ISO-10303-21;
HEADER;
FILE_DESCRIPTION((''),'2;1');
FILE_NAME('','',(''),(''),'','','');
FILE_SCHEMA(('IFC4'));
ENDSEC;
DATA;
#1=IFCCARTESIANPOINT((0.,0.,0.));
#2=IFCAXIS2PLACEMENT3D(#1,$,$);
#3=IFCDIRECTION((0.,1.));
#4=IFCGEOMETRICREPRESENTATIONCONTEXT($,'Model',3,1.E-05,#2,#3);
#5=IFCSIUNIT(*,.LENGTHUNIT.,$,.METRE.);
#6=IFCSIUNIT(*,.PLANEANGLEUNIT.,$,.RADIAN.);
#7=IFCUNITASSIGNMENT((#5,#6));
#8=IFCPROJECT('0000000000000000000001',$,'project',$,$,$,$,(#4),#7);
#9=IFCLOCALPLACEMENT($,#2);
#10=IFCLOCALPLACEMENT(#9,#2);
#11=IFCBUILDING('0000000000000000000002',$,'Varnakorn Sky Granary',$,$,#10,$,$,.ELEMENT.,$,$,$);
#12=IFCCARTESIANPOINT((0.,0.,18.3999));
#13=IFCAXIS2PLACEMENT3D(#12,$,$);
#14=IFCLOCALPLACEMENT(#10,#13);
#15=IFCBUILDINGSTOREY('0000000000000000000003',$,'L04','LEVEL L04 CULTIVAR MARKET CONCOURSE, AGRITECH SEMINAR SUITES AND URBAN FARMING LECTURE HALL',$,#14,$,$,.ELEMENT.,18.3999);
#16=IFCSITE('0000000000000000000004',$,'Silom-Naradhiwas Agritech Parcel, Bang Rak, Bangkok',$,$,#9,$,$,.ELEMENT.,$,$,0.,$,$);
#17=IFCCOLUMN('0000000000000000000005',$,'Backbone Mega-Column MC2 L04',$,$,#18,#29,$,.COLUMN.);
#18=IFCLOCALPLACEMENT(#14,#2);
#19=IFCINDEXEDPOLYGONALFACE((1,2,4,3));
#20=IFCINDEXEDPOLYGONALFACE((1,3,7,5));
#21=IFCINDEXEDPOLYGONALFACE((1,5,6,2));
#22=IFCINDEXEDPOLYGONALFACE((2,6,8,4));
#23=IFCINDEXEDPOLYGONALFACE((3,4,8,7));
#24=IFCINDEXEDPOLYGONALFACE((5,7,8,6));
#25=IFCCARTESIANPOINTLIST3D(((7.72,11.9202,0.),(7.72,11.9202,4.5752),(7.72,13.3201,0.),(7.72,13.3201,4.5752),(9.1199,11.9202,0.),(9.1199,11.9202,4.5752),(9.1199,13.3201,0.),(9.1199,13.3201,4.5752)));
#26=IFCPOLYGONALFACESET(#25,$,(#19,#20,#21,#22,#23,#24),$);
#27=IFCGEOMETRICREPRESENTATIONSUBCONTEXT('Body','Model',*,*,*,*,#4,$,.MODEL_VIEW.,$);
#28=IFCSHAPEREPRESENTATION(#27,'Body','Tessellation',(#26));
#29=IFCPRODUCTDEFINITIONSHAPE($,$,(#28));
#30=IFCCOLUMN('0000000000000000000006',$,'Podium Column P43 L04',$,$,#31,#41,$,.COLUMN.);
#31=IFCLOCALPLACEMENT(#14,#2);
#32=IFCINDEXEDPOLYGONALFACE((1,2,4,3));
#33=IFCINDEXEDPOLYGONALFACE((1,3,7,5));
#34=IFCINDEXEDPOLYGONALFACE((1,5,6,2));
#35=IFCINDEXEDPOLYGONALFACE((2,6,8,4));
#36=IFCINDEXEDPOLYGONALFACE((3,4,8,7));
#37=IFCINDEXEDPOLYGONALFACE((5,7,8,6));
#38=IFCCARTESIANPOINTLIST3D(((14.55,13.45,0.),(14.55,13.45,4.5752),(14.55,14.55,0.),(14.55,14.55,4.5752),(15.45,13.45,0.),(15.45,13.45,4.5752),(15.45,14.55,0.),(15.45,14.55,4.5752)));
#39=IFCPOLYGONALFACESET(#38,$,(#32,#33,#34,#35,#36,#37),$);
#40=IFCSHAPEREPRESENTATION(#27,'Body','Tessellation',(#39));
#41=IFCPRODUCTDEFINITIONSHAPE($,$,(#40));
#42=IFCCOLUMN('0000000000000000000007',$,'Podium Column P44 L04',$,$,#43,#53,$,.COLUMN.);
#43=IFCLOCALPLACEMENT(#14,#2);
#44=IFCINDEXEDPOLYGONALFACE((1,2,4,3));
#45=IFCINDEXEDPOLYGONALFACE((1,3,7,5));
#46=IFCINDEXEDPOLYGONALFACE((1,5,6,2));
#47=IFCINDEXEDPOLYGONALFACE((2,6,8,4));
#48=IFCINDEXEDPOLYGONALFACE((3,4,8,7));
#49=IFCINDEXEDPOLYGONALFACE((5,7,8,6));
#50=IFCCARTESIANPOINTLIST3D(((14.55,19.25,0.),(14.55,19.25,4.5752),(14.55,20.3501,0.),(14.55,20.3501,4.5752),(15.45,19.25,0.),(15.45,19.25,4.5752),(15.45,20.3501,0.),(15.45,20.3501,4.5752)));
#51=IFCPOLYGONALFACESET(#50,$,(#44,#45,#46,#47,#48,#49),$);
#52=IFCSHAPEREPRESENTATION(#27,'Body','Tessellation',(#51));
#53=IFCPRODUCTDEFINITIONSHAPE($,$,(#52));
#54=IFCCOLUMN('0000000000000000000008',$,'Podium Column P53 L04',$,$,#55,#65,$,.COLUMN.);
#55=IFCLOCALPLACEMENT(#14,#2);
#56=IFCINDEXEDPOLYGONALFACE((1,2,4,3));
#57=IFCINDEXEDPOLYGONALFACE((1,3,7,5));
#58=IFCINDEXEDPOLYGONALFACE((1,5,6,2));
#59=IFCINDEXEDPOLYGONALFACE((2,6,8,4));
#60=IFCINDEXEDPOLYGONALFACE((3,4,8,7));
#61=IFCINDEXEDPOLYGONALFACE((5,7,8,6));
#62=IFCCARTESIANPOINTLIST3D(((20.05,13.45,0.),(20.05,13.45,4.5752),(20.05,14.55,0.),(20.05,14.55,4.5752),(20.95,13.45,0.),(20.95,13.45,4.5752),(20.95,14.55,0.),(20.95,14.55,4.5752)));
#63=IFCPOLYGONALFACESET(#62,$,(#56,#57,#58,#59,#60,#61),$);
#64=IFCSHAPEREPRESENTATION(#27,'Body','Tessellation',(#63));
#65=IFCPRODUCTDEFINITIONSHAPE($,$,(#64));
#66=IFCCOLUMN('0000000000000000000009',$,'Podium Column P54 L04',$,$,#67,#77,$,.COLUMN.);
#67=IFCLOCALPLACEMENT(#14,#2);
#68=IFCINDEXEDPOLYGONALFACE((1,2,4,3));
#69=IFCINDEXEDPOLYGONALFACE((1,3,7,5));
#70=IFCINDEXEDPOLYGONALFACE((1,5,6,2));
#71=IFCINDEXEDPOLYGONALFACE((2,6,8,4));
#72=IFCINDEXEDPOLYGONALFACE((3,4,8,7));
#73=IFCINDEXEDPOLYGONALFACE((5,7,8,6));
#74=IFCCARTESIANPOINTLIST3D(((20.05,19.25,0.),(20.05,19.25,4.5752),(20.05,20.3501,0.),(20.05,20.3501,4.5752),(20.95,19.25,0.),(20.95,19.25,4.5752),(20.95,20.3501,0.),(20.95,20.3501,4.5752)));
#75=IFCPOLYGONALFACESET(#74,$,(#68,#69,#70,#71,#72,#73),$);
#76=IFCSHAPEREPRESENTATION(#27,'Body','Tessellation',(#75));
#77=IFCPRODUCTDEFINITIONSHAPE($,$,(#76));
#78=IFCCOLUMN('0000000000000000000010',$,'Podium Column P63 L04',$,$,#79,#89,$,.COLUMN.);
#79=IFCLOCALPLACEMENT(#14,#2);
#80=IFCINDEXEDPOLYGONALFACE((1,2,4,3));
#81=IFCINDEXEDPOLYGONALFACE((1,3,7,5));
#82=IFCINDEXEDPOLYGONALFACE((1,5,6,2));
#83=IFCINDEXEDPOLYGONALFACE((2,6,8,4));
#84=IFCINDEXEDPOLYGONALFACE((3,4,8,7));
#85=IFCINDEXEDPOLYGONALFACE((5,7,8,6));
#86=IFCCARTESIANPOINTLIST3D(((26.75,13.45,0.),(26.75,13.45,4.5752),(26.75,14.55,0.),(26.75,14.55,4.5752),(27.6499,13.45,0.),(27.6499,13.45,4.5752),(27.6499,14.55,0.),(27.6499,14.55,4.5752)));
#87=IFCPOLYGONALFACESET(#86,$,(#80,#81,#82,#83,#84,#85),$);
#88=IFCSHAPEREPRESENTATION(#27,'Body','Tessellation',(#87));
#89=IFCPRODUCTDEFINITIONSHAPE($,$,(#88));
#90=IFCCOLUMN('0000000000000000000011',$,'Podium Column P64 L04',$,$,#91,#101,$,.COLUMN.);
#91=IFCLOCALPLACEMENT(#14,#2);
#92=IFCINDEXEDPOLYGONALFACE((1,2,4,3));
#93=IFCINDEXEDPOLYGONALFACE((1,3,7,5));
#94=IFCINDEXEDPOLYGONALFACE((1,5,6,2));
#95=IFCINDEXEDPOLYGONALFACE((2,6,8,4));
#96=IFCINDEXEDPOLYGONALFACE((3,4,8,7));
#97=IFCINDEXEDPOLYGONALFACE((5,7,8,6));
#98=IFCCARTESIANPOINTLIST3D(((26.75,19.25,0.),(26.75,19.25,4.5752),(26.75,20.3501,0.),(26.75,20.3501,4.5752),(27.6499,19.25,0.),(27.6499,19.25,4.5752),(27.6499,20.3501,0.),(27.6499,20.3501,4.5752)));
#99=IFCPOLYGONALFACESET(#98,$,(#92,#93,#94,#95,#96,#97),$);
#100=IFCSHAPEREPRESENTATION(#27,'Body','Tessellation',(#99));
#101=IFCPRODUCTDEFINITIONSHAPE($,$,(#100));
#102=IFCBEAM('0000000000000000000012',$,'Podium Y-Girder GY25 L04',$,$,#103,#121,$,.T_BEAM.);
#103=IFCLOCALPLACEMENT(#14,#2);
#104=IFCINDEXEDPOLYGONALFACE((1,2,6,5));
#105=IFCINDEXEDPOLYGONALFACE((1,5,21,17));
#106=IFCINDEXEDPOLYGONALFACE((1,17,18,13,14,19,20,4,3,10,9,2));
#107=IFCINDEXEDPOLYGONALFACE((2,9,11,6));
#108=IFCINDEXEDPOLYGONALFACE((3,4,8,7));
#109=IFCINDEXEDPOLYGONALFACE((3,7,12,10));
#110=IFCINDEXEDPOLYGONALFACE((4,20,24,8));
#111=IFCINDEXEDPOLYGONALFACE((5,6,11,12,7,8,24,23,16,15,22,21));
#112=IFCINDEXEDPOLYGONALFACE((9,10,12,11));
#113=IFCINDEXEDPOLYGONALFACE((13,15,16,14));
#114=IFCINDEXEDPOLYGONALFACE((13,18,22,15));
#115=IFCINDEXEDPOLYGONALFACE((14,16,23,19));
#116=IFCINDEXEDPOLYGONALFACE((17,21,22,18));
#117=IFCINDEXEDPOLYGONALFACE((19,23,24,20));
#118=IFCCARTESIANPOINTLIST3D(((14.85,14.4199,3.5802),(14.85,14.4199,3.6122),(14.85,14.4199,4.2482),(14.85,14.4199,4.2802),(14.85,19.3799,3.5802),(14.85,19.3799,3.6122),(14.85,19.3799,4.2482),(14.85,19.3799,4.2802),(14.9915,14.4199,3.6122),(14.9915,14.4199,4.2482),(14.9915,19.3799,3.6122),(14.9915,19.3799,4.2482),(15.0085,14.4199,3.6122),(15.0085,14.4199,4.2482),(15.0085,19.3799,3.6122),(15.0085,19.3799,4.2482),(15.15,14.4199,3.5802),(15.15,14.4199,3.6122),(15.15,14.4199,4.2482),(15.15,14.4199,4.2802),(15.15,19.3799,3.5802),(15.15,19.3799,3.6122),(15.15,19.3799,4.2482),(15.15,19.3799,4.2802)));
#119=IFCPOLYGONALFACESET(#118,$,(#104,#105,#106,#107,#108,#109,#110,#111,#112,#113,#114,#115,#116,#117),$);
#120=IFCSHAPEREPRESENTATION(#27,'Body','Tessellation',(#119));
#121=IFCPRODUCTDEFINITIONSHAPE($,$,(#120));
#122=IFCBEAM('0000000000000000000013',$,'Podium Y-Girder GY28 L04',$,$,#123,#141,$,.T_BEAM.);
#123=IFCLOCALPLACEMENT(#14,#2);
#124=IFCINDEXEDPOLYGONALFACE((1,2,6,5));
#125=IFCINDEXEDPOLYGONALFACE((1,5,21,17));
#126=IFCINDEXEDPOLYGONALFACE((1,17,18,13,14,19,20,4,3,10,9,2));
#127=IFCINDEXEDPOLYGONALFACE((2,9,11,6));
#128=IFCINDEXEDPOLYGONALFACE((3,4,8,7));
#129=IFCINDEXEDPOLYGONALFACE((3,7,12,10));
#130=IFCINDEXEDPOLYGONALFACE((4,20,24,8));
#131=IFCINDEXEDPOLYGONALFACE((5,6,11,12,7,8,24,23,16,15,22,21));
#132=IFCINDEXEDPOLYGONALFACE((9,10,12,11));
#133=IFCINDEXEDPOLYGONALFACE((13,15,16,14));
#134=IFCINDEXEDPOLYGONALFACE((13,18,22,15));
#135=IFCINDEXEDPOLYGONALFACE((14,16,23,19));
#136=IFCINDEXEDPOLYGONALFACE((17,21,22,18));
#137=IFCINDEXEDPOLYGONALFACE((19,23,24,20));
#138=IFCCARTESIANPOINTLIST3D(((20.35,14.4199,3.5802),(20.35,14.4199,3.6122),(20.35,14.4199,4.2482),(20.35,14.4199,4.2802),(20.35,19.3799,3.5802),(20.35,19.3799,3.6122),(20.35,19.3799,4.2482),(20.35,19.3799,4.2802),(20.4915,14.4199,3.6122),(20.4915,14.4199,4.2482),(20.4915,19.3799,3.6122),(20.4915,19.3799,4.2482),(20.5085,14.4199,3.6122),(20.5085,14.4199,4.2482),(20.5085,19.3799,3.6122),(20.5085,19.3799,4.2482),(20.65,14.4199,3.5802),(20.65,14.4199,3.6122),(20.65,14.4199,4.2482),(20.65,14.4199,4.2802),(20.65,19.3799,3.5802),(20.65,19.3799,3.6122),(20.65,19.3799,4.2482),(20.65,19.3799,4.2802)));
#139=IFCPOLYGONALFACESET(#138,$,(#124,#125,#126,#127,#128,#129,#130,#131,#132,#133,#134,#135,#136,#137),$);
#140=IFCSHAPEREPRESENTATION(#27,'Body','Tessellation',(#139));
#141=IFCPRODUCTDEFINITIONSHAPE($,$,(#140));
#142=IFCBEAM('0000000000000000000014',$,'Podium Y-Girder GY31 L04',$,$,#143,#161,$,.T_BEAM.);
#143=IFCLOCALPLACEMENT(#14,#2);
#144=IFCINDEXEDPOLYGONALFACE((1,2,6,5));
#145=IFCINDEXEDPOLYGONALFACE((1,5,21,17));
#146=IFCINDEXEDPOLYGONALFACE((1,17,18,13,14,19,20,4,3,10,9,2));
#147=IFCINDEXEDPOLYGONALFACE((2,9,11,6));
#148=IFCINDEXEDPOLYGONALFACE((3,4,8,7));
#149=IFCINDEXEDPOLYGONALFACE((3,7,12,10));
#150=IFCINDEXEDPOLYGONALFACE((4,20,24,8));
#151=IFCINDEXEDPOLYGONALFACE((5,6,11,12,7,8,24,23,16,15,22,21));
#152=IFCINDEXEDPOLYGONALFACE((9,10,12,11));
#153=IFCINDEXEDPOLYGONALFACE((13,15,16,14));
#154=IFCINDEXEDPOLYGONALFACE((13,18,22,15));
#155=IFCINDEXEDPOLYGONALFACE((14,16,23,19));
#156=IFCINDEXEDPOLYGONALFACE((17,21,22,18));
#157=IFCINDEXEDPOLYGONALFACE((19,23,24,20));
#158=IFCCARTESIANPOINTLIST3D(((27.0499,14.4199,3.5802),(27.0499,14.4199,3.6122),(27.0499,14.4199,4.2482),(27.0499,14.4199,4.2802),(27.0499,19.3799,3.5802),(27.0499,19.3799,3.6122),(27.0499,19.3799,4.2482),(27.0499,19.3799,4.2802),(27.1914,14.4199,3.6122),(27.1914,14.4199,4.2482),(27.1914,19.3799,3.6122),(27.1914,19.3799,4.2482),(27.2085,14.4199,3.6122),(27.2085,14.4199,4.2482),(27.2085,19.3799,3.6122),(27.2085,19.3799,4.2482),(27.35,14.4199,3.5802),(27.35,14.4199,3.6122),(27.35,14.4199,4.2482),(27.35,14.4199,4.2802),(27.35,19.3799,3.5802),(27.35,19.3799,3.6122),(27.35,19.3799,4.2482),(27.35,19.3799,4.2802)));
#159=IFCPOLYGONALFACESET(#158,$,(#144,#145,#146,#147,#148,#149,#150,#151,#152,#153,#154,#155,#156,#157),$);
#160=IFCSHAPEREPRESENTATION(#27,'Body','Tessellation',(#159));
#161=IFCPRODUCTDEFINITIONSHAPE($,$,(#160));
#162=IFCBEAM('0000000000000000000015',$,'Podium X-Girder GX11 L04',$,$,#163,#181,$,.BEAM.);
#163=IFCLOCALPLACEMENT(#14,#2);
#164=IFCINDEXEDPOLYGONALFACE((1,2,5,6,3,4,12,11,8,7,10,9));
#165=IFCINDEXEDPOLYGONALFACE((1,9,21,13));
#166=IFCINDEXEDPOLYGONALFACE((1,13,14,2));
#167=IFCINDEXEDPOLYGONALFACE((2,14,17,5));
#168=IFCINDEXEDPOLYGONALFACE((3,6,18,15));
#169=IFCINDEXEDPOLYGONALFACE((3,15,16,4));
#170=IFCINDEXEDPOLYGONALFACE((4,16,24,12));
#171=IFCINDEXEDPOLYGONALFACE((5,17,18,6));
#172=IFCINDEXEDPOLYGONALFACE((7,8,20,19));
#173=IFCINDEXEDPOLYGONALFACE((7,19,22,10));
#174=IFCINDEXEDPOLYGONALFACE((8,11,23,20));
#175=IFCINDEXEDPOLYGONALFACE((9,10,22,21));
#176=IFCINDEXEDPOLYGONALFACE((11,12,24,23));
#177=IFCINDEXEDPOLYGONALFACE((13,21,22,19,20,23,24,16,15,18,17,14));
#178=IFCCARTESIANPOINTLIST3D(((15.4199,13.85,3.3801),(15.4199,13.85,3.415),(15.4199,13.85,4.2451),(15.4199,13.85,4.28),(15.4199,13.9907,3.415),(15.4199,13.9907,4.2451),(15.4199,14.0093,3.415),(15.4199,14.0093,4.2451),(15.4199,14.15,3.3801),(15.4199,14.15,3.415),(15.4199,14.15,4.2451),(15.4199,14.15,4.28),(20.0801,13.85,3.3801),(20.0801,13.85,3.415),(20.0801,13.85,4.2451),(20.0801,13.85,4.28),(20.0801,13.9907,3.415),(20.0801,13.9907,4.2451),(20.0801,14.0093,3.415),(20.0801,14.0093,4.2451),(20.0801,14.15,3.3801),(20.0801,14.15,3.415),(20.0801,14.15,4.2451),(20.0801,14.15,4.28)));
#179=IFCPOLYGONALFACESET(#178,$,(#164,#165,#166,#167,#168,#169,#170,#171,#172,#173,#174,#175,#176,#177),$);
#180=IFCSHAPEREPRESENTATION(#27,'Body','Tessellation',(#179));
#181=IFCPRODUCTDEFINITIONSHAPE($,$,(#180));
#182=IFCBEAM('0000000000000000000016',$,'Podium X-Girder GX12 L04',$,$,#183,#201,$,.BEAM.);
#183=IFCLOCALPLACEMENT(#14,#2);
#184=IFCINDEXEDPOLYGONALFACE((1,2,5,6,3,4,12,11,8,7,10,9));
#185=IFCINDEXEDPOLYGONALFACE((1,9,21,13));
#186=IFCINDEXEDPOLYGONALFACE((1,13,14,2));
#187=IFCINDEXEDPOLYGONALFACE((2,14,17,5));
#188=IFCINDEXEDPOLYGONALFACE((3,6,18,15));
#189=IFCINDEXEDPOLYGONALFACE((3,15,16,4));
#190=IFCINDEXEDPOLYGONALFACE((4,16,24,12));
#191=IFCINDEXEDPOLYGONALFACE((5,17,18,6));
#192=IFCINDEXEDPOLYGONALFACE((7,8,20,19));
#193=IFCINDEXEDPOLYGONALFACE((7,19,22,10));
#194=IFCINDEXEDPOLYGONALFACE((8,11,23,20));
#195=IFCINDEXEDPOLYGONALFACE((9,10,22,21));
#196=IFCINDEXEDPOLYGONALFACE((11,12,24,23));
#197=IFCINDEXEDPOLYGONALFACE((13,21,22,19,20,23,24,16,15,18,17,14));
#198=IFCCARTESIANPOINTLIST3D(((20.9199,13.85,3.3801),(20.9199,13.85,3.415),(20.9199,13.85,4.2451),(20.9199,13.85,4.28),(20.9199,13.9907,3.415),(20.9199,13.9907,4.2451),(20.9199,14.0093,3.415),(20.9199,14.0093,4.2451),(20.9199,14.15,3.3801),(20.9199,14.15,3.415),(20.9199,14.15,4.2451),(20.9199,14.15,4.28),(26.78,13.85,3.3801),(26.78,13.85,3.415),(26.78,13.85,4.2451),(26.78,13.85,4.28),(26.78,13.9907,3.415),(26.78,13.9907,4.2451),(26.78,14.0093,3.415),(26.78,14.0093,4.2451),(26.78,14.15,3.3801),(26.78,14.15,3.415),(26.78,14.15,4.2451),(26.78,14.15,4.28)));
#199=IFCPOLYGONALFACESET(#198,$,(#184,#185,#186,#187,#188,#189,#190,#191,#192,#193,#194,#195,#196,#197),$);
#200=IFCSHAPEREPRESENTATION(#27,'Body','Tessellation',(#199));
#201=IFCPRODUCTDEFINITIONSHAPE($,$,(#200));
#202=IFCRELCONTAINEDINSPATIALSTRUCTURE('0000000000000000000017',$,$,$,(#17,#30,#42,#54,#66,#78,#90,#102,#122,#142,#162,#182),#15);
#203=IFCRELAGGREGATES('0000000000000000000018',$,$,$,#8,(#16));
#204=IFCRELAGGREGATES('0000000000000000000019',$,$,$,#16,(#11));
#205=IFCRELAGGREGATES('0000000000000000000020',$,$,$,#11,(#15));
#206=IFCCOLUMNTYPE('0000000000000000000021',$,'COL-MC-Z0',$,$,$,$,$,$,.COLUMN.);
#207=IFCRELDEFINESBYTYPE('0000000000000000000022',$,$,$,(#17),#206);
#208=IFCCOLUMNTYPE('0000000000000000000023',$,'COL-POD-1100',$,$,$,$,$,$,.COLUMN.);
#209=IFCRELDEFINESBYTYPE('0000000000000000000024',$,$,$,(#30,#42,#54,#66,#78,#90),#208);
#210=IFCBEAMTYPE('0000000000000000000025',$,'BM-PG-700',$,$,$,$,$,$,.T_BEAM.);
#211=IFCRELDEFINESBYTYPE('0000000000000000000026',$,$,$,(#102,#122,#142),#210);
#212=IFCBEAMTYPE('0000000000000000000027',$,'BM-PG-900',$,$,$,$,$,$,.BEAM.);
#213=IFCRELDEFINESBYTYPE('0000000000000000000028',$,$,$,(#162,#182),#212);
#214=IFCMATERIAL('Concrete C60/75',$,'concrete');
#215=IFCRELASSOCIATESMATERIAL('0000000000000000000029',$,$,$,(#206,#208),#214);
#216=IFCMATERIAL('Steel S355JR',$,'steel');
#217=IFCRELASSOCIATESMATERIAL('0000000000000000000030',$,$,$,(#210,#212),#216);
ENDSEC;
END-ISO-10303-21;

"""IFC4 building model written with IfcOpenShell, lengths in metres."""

from ifc_helpers import new_model, si_unit, direction, frame, origin, origin_2d, place, context, subcontext, project, spatial, rectangle, i_section, extrude, material, material_profile, profile_set, type_object, element, save


model = new_model("IFC4")

# Units and contexts
model_context = context("Model", 3, precision=1e-05, world=origin(), true_north=direction((0.0, 1.0)))
body_context = subcontext(model_context, "Body", "Model", "MODEL_VIEW")
ifc_project = project(units=[si_unit("LENGTHUNIT", "METRE"), si_unit("PLANEANGLEUNIT", "RADIAN")], contexts=[model_context])

# Site, building, storey
site_placement = place(None, origin())
site = spatial("IfcSite", under=ifc_project, at=site_placement, Name="Silom-Naradhiwas Agritech Parcel, Bang Rak, Bangkok", CompositionType="ELEMENT", RefElevation=0.0)
building_placement = place(site_placement, origin())
building = spatial("IfcBuilding", under=site, at=building_placement, Name="Varnakorn Sky Granary", CompositionType="ELEMENT")
storey_placement = place(building_placement, frame((0.0, 0.0, 18.3999)))
storey = spatial("IfcBuildingStorey", under=building, at=storey_placement, Name="L04", Description="LEVEL L04 CULTIVAR MARKET CONCOURSE, AGRITECH SEMINAR SUITES AND URBAN FARMING LECTURE HALL", CompositionType="ELEMENT", Elevation=18.3999)

# Columns
ifc_material_1 = material(Name="Concrete C60/75", Category="concrete")
ifc_material_profile_1 = material_profile(ifc_material_1, rectangle(XDim=1.3999, YDim=1.3999, at=origin_2d()), Name="RC 1400x1400")
ifc_profile_set_1 = profile_set([ifc_material_profile_1], Name="Concrete C60/75")
column_type_1 = type_object("IfcColumnType", Name="COL-MC-Z0", PredefinedType="COLUMN", material=ifc_profile_set_1)
column_placement = place(storey_placement, frame((8.4199, 12.6201, 0.0), z_axis=(0.0, 0.0, 1.0), x_axis=(1.0, 0.0, 0.0)))
element("IfcColumn", 1, at=column_placement, inside=storey, type_object=column_type_1, Name="Backbone Mega-Column MC2 L04", PredefinedType="COLUMN", context=body_context, shape_type="SweptSolid", body=[
    extrude(rectangle(XDim=1.3999, YDim=1.3999, at=origin_2d()), origin(), (0.0, 0.0, 1.0), 4.5752),
])
ifc_material_profile_2 = material_profile(ifc_material_1, rectangle(XDim=0.8999, YDim=1.1001, at=origin_2d()), Name="RC 900x1100")
ifc_profile_set_2 = profile_set([ifc_material_profile_2], Name="Concrete C60/75")
column_type_2 = type_object("IfcColumnType", Name="COL-POD-1100", PredefinedType="COLUMN", material=ifc_profile_set_2)
for number, where, z_axis, x_axis, name in (
    (2, (15.0, 14.0, 0.0), (0.0, 0.0, 1.0), (1.0, 0.0, 0.0), "Podium Column P43 L04"),
    (3, (15.0, 19.8, 0.0), (0.0, 0.0, 1.0), (1.0, 0.0, 0.0), "Podium Column P44 L04"),
    (4, (20.5, 14.0, 0.0), (0.0, 0.0, 1.0), (1.0, 0.0, 0.0), "Podium Column P53 L04"),
    (5, (20.5, 19.8, 0.0), (0.0, 0.0, 1.0), (1.0, 0.0, 0.0), "Podium Column P54 L04"),
    (6, (27.2, 14.0, 0.0), (0.0, 0.0, 1.0), (1.0, 0.0, 0.0), "Podium Column P63 L04"),
    (7, (27.2, 19.8, 0.0), (0.0, 0.0, 1.0), (1.0, 0.0, 0.0), "Podium Column P64 L04"),
):
    element("IfcColumn", number, at=place(storey_placement, frame(where, z_axis=z_axis, x_axis=x_axis)), inside=storey, type_object=column_type_2, Name=name, PredefinedType="COLUMN", context=body_context, shape_type="SweptSolid", body=[
        extrude(rectangle(XDim=0.8999, YDim=1.1001, at=origin_2d()), origin(), (0.0, 0.0, 1.0), 4.5752),
    ])

# Beams
ifc_material_2 = material(Name="Steel S355JR", Category="steel")
ifc_material_profile_3 = material_profile(ifc_material_2, i_section(OverallWidth=0.3, OverallDepth=0.7, WebThickness=0.0171, FlangeThickness=0.032, at=origin_2d()), Name="HE 700 B")
ifc_profile_set_3 = profile_set([ifc_material_profile_3], Name="Steel S355JR")
beam_type_1 = type_object("IfcBeamType", Name="BM-PG-700", PredefinedType="T_BEAM", material=ifc_profile_set_3)
for number, where, z_axis, x_axis, name in (
    (8, (15.0, 14.4199, 3.9302), (0.0, 1.0, 0.0), (-1.0, 0.0, 0.0), "Podium Y-Girder GY25 L04"),
    (9, (20.5, 14.4199, 3.9302), (0.0, 1.0, 0.0), (-1.0, 0.0, 0.0), "Podium Y-Girder GY28 L04"),
    (10, (27.2, 14.4199, 3.9302), (0.0, 1.0, 0.0), (-1.0, 0.0, 0.0), "Podium Y-Girder GY31 L04"),
):
    element("IfcBeam", number, at=place(storey_placement, frame(where, z_axis=z_axis, x_axis=x_axis)), inside=storey, type_object=beam_type_1, Name=name, PredefinedType="T_BEAM", context=body_context, shape_type="SweptSolid", body=[
        extrude(i_section(OverallWidth=0.3, OverallDepth=0.7, WebThickness=0.0171, FlangeThickness=0.032, at=origin_2d()), origin(), (0.0, 0.0, 1.0), 4.96),
    ])
ifc_material_profile_4 = material_profile(ifc_material_2, i_section(OverallWidth=0.3, OverallDepth=0.8999, WebThickness=0.0186, FlangeThickness=0.0349, at=origin_2d()), Name="HE 900 B")
ifc_profile_set_4 = profile_set([ifc_material_profile_4], Name="Steel S355JR")
beam_type_2 = type_object("IfcBeamType", Name="BM-PG-900", PredefinedType="BEAM", material=ifc_profile_set_4)
beam_1_placement = place(storey_placement, frame((15.4199, 14.0, 3.8301), z_axis=(1.0, 0.0, 0.0), x_axis=(0.0, 1.0, 0.0)))
element("IfcBeam", 11, at=beam_1_placement, inside=storey, type_object=beam_type_2, Name="Podium X-Girder GX11 L04", PredefinedType="BEAM", context=body_context, shape_type="SweptSolid", body=[
    extrude(i_section(OverallWidth=0.3, OverallDepth=0.8999, WebThickness=0.0186, FlangeThickness=0.0349, at=origin_2d()), origin(), (0.0, 0.0, 1.0), 4.6602),
])
beam_2_placement = place(storey_placement, frame((20.9199, 14.0, 3.8301), z_axis=(1.0, 0.0, 0.0), x_axis=(0.0, 1.0, 0.0)))
element("IfcBeam", 12, at=beam_2_placement, inside=storey, type_object=beam_type_2, Name="Podium X-Girder GX12 L04", PredefinedType="BEAM", context=body_context, shape_type="SweptSolid", body=[
    extrude(i_section(OverallWidth=0.3, OverallDepth=0.8999, WebThickness=0.0186, FlangeThickness=0.0349, at=origin_2d()), origin(), (0.0, 0.0, 1.0), 5.8601),
])

save(model, "model.ifc")
